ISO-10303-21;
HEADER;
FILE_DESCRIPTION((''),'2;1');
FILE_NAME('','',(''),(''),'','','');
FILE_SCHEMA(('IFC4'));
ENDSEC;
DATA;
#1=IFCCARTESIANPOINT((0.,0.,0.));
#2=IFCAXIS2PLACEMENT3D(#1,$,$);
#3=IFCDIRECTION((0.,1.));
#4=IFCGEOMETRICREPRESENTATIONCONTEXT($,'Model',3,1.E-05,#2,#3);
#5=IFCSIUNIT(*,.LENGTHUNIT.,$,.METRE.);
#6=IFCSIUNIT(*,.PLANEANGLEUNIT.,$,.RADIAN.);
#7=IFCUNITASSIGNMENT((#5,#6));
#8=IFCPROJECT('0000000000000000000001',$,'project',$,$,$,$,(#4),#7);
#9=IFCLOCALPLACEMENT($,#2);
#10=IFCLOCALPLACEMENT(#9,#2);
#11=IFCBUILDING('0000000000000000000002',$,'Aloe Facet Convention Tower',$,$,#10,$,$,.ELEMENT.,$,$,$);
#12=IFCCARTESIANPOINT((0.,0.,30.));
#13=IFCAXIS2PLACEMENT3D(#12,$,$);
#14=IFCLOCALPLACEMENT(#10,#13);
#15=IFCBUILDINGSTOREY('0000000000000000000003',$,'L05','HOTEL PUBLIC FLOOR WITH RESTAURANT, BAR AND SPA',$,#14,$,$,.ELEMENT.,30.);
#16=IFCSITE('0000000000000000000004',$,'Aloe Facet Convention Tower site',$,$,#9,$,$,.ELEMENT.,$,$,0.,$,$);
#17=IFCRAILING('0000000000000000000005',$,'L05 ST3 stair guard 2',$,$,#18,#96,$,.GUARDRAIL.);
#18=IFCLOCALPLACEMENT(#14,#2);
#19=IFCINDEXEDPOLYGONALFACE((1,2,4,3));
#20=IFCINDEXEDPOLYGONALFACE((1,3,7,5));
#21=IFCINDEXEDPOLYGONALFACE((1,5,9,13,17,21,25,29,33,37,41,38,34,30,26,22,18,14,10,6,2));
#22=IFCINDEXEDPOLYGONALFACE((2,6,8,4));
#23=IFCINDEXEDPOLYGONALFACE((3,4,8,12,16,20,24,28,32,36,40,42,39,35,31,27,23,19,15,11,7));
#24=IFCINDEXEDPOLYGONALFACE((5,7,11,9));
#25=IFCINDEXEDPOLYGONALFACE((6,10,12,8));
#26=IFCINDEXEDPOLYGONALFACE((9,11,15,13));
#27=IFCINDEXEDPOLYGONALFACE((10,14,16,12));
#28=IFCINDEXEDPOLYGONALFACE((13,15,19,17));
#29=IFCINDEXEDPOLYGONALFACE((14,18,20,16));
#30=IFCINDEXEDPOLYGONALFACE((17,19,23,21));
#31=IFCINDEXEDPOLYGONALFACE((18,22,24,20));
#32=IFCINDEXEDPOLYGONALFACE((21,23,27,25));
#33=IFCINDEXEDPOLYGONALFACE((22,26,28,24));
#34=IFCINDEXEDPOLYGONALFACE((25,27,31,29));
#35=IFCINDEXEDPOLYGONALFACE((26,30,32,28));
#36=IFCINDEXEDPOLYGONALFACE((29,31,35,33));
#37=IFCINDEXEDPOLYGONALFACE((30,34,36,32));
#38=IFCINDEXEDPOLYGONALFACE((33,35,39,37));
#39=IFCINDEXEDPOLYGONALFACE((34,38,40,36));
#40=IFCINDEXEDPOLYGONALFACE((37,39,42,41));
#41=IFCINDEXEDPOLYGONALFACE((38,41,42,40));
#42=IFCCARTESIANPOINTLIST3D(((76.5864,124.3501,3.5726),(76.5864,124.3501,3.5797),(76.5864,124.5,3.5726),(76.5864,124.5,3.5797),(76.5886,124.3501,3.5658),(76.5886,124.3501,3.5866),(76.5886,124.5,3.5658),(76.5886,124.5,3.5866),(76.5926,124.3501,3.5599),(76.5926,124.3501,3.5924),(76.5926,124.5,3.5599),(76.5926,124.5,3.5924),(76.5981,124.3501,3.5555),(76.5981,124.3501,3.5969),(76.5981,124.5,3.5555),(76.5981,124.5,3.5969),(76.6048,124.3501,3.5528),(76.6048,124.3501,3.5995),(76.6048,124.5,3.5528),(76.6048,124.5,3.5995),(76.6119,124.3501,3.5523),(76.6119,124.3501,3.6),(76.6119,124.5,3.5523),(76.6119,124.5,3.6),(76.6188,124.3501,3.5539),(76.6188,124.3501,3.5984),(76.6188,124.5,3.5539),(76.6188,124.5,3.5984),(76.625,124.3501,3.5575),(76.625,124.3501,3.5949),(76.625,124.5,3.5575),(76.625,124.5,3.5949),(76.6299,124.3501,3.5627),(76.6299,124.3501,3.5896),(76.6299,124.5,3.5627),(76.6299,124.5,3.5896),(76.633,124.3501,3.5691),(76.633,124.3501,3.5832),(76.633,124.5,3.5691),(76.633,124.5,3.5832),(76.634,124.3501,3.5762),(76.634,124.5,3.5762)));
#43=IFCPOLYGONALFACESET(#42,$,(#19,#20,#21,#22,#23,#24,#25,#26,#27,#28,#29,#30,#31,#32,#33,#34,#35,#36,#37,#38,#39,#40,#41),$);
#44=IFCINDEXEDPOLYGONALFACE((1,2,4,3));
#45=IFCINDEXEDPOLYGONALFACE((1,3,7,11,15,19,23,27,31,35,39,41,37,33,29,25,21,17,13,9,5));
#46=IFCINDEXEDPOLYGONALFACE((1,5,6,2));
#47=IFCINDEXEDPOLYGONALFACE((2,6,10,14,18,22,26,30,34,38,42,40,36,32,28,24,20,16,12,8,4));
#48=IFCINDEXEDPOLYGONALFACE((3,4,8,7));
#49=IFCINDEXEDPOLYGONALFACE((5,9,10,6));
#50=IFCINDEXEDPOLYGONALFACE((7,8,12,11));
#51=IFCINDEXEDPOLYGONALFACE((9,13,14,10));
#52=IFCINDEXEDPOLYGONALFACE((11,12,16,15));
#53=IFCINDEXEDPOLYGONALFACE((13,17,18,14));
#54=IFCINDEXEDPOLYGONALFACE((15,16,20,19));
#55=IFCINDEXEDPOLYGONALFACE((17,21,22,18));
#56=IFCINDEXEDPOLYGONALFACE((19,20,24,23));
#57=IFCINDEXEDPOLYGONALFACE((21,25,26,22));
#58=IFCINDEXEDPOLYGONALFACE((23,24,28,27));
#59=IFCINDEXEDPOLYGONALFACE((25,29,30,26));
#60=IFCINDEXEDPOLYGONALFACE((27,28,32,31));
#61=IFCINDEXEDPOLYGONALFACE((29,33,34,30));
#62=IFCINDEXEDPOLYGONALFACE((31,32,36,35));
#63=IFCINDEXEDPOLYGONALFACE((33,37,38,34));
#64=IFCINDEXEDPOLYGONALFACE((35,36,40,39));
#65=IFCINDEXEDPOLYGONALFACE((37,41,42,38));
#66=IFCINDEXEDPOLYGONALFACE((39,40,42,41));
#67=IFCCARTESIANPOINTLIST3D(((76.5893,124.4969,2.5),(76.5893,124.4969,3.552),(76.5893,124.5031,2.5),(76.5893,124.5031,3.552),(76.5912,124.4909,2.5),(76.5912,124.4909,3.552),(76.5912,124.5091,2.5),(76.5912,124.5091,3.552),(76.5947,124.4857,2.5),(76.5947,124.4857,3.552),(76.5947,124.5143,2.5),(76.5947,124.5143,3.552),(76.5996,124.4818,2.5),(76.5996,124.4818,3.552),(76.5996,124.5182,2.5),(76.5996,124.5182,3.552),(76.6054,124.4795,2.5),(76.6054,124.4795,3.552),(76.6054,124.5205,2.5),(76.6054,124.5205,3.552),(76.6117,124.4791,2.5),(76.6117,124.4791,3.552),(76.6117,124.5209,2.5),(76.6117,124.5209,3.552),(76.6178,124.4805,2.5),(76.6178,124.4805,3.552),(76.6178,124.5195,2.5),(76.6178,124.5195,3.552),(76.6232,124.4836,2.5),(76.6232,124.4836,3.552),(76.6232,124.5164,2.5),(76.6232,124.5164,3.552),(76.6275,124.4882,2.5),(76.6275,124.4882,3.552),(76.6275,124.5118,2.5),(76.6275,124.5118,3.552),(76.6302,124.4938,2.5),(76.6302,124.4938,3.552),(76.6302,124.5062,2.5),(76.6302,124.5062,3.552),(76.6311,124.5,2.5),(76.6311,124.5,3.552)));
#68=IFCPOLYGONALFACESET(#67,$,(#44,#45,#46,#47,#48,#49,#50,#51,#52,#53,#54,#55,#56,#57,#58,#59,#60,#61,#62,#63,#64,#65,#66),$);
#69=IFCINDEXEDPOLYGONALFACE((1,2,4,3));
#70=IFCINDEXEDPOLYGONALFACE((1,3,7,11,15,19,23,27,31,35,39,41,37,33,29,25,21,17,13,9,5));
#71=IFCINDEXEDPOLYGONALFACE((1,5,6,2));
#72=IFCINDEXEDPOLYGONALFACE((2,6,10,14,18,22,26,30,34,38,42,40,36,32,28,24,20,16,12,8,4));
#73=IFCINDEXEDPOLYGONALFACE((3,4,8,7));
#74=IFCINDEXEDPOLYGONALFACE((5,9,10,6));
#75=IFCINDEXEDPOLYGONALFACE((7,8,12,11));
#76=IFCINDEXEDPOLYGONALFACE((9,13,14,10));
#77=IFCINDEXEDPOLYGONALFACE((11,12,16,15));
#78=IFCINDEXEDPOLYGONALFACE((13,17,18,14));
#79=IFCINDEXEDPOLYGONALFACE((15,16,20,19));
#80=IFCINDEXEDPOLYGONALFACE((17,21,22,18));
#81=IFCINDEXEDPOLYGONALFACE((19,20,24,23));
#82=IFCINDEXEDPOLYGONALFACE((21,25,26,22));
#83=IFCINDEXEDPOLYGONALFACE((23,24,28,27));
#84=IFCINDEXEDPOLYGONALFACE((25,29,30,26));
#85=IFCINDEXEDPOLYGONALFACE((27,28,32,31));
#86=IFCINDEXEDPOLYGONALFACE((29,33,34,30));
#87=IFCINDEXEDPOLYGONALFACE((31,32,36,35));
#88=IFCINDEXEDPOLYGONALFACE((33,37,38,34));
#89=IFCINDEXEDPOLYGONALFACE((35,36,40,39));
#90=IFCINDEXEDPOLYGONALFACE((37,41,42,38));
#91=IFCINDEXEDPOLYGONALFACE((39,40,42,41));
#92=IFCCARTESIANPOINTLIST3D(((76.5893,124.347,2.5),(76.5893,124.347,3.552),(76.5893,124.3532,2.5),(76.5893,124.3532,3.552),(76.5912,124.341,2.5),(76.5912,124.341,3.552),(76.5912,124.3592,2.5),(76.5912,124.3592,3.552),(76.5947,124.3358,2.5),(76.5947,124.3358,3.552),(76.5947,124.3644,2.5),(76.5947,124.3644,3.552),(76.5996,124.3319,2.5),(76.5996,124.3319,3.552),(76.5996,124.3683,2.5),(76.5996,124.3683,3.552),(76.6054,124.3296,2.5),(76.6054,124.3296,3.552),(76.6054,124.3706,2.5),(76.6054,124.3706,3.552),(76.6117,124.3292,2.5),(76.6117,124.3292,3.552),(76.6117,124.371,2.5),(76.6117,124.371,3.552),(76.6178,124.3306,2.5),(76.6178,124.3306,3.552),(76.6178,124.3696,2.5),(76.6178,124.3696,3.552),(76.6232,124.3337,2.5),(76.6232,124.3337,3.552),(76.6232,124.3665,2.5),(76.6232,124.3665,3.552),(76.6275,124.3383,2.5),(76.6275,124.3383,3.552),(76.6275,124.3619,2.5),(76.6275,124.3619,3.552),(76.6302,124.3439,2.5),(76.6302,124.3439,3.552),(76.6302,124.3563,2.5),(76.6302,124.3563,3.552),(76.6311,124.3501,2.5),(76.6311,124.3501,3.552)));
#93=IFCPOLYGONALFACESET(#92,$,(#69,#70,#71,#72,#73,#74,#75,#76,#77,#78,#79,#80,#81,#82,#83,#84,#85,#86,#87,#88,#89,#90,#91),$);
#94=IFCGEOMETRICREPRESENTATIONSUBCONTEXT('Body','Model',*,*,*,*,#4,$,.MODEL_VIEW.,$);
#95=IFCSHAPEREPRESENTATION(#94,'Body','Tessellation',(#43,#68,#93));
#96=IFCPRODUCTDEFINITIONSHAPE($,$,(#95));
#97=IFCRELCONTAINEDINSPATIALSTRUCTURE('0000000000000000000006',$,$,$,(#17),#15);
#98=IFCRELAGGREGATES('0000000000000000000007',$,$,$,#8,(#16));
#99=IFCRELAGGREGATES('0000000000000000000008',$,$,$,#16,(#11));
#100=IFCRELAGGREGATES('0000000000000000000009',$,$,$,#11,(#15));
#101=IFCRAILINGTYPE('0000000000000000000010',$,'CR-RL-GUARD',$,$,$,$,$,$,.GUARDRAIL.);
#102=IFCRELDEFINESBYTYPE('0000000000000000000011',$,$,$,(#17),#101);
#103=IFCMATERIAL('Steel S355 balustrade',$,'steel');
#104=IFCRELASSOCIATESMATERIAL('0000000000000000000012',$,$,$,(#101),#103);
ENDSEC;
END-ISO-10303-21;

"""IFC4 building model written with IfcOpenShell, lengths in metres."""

from ifc_helpers import new_model, si_unit, direction, frame, origin, origin_2d, place, context, subcontext, project, spatial, circle, extrude, material, type_object, element, save


model = new_model("IFC4")

# Units and contexts
model_context = context("Model", 3, precision=1e-05, world=origin(), true_north=direction((0.0, 1.0)))
body_context = subcontext(model_context, "Body", "Model", "MODEL_VIEW")
ifc_project = project(units=[si_unit("LENGTHUNIT", "METRE"), si_unit("PLANEANGLEUNIT", "RADIAN")], contexts=[model_context])

# Site, building, storey
site_placement = place(None, origin())
site = spatial("IfcSite", under=ifc_project, at=site_placement, Name="Aloe Facet Convention Tower site", CompositionType="ELEMENT", RefElevation=0.0)
building_placement = place(site_placement, origin())
building = spatial("IfcBuilding", under=site, at=building_placement, Name="Aloe Facet Convention Tower", CompositionType="ELEMENT")
storey_placement = place(building_placement, frame((0.0, 0.0, 30.0)))
storey = spatial("IfcBuildingStorey", under=building, at=storey_placement, Name="L05", Description="HOTEL PUBLIC FLOOR WITH RESTAURANT, BAR AND SPA", CompositionType="ELEMENT", Elevation=30.0)

# Railing
ifc_material_1 = material(Name="Steel S355 balustrade", Category="steel")
railing_type_1 = type_object("IfcRailingType", Name="CR-RL-GUARD", PredefinedType="GUARDRAIL", material=ifc_material_1)
railing_1_placement = place(storey_placement, frame((76.6101, 124.5, 2.5)))
element("IfcRailing", 1, at=railing_1_placement, inside=storey, type_object=railing_type_1, Name="L05 ST3 stair guard 2", PredefinedType="GUARDRAIL", context=body_context, shape_type="SweptSolid", body=[
    extrude(circle(Radius=0.0239, at=origin_2d()), frame((0.0, 0.0, 1.0762), z_axis=(0.0, -1.0, 0.0), x_axis=(1.0, 0.0, 0.0)), (0.0, 0.0, 1.0), 0.1499),
    extrude(circle(Radius=0.021, at=origin_2d()), origin(), (0.0, 0.0, 1.0), 1.052),
    extrude(circle(Radius=0.021, at=origin_2d()), frame((0.0, -0.1499, 0.0)), (0.0, 0.0, 1.0), 1.052),
])

save(model, "model.ifc")
